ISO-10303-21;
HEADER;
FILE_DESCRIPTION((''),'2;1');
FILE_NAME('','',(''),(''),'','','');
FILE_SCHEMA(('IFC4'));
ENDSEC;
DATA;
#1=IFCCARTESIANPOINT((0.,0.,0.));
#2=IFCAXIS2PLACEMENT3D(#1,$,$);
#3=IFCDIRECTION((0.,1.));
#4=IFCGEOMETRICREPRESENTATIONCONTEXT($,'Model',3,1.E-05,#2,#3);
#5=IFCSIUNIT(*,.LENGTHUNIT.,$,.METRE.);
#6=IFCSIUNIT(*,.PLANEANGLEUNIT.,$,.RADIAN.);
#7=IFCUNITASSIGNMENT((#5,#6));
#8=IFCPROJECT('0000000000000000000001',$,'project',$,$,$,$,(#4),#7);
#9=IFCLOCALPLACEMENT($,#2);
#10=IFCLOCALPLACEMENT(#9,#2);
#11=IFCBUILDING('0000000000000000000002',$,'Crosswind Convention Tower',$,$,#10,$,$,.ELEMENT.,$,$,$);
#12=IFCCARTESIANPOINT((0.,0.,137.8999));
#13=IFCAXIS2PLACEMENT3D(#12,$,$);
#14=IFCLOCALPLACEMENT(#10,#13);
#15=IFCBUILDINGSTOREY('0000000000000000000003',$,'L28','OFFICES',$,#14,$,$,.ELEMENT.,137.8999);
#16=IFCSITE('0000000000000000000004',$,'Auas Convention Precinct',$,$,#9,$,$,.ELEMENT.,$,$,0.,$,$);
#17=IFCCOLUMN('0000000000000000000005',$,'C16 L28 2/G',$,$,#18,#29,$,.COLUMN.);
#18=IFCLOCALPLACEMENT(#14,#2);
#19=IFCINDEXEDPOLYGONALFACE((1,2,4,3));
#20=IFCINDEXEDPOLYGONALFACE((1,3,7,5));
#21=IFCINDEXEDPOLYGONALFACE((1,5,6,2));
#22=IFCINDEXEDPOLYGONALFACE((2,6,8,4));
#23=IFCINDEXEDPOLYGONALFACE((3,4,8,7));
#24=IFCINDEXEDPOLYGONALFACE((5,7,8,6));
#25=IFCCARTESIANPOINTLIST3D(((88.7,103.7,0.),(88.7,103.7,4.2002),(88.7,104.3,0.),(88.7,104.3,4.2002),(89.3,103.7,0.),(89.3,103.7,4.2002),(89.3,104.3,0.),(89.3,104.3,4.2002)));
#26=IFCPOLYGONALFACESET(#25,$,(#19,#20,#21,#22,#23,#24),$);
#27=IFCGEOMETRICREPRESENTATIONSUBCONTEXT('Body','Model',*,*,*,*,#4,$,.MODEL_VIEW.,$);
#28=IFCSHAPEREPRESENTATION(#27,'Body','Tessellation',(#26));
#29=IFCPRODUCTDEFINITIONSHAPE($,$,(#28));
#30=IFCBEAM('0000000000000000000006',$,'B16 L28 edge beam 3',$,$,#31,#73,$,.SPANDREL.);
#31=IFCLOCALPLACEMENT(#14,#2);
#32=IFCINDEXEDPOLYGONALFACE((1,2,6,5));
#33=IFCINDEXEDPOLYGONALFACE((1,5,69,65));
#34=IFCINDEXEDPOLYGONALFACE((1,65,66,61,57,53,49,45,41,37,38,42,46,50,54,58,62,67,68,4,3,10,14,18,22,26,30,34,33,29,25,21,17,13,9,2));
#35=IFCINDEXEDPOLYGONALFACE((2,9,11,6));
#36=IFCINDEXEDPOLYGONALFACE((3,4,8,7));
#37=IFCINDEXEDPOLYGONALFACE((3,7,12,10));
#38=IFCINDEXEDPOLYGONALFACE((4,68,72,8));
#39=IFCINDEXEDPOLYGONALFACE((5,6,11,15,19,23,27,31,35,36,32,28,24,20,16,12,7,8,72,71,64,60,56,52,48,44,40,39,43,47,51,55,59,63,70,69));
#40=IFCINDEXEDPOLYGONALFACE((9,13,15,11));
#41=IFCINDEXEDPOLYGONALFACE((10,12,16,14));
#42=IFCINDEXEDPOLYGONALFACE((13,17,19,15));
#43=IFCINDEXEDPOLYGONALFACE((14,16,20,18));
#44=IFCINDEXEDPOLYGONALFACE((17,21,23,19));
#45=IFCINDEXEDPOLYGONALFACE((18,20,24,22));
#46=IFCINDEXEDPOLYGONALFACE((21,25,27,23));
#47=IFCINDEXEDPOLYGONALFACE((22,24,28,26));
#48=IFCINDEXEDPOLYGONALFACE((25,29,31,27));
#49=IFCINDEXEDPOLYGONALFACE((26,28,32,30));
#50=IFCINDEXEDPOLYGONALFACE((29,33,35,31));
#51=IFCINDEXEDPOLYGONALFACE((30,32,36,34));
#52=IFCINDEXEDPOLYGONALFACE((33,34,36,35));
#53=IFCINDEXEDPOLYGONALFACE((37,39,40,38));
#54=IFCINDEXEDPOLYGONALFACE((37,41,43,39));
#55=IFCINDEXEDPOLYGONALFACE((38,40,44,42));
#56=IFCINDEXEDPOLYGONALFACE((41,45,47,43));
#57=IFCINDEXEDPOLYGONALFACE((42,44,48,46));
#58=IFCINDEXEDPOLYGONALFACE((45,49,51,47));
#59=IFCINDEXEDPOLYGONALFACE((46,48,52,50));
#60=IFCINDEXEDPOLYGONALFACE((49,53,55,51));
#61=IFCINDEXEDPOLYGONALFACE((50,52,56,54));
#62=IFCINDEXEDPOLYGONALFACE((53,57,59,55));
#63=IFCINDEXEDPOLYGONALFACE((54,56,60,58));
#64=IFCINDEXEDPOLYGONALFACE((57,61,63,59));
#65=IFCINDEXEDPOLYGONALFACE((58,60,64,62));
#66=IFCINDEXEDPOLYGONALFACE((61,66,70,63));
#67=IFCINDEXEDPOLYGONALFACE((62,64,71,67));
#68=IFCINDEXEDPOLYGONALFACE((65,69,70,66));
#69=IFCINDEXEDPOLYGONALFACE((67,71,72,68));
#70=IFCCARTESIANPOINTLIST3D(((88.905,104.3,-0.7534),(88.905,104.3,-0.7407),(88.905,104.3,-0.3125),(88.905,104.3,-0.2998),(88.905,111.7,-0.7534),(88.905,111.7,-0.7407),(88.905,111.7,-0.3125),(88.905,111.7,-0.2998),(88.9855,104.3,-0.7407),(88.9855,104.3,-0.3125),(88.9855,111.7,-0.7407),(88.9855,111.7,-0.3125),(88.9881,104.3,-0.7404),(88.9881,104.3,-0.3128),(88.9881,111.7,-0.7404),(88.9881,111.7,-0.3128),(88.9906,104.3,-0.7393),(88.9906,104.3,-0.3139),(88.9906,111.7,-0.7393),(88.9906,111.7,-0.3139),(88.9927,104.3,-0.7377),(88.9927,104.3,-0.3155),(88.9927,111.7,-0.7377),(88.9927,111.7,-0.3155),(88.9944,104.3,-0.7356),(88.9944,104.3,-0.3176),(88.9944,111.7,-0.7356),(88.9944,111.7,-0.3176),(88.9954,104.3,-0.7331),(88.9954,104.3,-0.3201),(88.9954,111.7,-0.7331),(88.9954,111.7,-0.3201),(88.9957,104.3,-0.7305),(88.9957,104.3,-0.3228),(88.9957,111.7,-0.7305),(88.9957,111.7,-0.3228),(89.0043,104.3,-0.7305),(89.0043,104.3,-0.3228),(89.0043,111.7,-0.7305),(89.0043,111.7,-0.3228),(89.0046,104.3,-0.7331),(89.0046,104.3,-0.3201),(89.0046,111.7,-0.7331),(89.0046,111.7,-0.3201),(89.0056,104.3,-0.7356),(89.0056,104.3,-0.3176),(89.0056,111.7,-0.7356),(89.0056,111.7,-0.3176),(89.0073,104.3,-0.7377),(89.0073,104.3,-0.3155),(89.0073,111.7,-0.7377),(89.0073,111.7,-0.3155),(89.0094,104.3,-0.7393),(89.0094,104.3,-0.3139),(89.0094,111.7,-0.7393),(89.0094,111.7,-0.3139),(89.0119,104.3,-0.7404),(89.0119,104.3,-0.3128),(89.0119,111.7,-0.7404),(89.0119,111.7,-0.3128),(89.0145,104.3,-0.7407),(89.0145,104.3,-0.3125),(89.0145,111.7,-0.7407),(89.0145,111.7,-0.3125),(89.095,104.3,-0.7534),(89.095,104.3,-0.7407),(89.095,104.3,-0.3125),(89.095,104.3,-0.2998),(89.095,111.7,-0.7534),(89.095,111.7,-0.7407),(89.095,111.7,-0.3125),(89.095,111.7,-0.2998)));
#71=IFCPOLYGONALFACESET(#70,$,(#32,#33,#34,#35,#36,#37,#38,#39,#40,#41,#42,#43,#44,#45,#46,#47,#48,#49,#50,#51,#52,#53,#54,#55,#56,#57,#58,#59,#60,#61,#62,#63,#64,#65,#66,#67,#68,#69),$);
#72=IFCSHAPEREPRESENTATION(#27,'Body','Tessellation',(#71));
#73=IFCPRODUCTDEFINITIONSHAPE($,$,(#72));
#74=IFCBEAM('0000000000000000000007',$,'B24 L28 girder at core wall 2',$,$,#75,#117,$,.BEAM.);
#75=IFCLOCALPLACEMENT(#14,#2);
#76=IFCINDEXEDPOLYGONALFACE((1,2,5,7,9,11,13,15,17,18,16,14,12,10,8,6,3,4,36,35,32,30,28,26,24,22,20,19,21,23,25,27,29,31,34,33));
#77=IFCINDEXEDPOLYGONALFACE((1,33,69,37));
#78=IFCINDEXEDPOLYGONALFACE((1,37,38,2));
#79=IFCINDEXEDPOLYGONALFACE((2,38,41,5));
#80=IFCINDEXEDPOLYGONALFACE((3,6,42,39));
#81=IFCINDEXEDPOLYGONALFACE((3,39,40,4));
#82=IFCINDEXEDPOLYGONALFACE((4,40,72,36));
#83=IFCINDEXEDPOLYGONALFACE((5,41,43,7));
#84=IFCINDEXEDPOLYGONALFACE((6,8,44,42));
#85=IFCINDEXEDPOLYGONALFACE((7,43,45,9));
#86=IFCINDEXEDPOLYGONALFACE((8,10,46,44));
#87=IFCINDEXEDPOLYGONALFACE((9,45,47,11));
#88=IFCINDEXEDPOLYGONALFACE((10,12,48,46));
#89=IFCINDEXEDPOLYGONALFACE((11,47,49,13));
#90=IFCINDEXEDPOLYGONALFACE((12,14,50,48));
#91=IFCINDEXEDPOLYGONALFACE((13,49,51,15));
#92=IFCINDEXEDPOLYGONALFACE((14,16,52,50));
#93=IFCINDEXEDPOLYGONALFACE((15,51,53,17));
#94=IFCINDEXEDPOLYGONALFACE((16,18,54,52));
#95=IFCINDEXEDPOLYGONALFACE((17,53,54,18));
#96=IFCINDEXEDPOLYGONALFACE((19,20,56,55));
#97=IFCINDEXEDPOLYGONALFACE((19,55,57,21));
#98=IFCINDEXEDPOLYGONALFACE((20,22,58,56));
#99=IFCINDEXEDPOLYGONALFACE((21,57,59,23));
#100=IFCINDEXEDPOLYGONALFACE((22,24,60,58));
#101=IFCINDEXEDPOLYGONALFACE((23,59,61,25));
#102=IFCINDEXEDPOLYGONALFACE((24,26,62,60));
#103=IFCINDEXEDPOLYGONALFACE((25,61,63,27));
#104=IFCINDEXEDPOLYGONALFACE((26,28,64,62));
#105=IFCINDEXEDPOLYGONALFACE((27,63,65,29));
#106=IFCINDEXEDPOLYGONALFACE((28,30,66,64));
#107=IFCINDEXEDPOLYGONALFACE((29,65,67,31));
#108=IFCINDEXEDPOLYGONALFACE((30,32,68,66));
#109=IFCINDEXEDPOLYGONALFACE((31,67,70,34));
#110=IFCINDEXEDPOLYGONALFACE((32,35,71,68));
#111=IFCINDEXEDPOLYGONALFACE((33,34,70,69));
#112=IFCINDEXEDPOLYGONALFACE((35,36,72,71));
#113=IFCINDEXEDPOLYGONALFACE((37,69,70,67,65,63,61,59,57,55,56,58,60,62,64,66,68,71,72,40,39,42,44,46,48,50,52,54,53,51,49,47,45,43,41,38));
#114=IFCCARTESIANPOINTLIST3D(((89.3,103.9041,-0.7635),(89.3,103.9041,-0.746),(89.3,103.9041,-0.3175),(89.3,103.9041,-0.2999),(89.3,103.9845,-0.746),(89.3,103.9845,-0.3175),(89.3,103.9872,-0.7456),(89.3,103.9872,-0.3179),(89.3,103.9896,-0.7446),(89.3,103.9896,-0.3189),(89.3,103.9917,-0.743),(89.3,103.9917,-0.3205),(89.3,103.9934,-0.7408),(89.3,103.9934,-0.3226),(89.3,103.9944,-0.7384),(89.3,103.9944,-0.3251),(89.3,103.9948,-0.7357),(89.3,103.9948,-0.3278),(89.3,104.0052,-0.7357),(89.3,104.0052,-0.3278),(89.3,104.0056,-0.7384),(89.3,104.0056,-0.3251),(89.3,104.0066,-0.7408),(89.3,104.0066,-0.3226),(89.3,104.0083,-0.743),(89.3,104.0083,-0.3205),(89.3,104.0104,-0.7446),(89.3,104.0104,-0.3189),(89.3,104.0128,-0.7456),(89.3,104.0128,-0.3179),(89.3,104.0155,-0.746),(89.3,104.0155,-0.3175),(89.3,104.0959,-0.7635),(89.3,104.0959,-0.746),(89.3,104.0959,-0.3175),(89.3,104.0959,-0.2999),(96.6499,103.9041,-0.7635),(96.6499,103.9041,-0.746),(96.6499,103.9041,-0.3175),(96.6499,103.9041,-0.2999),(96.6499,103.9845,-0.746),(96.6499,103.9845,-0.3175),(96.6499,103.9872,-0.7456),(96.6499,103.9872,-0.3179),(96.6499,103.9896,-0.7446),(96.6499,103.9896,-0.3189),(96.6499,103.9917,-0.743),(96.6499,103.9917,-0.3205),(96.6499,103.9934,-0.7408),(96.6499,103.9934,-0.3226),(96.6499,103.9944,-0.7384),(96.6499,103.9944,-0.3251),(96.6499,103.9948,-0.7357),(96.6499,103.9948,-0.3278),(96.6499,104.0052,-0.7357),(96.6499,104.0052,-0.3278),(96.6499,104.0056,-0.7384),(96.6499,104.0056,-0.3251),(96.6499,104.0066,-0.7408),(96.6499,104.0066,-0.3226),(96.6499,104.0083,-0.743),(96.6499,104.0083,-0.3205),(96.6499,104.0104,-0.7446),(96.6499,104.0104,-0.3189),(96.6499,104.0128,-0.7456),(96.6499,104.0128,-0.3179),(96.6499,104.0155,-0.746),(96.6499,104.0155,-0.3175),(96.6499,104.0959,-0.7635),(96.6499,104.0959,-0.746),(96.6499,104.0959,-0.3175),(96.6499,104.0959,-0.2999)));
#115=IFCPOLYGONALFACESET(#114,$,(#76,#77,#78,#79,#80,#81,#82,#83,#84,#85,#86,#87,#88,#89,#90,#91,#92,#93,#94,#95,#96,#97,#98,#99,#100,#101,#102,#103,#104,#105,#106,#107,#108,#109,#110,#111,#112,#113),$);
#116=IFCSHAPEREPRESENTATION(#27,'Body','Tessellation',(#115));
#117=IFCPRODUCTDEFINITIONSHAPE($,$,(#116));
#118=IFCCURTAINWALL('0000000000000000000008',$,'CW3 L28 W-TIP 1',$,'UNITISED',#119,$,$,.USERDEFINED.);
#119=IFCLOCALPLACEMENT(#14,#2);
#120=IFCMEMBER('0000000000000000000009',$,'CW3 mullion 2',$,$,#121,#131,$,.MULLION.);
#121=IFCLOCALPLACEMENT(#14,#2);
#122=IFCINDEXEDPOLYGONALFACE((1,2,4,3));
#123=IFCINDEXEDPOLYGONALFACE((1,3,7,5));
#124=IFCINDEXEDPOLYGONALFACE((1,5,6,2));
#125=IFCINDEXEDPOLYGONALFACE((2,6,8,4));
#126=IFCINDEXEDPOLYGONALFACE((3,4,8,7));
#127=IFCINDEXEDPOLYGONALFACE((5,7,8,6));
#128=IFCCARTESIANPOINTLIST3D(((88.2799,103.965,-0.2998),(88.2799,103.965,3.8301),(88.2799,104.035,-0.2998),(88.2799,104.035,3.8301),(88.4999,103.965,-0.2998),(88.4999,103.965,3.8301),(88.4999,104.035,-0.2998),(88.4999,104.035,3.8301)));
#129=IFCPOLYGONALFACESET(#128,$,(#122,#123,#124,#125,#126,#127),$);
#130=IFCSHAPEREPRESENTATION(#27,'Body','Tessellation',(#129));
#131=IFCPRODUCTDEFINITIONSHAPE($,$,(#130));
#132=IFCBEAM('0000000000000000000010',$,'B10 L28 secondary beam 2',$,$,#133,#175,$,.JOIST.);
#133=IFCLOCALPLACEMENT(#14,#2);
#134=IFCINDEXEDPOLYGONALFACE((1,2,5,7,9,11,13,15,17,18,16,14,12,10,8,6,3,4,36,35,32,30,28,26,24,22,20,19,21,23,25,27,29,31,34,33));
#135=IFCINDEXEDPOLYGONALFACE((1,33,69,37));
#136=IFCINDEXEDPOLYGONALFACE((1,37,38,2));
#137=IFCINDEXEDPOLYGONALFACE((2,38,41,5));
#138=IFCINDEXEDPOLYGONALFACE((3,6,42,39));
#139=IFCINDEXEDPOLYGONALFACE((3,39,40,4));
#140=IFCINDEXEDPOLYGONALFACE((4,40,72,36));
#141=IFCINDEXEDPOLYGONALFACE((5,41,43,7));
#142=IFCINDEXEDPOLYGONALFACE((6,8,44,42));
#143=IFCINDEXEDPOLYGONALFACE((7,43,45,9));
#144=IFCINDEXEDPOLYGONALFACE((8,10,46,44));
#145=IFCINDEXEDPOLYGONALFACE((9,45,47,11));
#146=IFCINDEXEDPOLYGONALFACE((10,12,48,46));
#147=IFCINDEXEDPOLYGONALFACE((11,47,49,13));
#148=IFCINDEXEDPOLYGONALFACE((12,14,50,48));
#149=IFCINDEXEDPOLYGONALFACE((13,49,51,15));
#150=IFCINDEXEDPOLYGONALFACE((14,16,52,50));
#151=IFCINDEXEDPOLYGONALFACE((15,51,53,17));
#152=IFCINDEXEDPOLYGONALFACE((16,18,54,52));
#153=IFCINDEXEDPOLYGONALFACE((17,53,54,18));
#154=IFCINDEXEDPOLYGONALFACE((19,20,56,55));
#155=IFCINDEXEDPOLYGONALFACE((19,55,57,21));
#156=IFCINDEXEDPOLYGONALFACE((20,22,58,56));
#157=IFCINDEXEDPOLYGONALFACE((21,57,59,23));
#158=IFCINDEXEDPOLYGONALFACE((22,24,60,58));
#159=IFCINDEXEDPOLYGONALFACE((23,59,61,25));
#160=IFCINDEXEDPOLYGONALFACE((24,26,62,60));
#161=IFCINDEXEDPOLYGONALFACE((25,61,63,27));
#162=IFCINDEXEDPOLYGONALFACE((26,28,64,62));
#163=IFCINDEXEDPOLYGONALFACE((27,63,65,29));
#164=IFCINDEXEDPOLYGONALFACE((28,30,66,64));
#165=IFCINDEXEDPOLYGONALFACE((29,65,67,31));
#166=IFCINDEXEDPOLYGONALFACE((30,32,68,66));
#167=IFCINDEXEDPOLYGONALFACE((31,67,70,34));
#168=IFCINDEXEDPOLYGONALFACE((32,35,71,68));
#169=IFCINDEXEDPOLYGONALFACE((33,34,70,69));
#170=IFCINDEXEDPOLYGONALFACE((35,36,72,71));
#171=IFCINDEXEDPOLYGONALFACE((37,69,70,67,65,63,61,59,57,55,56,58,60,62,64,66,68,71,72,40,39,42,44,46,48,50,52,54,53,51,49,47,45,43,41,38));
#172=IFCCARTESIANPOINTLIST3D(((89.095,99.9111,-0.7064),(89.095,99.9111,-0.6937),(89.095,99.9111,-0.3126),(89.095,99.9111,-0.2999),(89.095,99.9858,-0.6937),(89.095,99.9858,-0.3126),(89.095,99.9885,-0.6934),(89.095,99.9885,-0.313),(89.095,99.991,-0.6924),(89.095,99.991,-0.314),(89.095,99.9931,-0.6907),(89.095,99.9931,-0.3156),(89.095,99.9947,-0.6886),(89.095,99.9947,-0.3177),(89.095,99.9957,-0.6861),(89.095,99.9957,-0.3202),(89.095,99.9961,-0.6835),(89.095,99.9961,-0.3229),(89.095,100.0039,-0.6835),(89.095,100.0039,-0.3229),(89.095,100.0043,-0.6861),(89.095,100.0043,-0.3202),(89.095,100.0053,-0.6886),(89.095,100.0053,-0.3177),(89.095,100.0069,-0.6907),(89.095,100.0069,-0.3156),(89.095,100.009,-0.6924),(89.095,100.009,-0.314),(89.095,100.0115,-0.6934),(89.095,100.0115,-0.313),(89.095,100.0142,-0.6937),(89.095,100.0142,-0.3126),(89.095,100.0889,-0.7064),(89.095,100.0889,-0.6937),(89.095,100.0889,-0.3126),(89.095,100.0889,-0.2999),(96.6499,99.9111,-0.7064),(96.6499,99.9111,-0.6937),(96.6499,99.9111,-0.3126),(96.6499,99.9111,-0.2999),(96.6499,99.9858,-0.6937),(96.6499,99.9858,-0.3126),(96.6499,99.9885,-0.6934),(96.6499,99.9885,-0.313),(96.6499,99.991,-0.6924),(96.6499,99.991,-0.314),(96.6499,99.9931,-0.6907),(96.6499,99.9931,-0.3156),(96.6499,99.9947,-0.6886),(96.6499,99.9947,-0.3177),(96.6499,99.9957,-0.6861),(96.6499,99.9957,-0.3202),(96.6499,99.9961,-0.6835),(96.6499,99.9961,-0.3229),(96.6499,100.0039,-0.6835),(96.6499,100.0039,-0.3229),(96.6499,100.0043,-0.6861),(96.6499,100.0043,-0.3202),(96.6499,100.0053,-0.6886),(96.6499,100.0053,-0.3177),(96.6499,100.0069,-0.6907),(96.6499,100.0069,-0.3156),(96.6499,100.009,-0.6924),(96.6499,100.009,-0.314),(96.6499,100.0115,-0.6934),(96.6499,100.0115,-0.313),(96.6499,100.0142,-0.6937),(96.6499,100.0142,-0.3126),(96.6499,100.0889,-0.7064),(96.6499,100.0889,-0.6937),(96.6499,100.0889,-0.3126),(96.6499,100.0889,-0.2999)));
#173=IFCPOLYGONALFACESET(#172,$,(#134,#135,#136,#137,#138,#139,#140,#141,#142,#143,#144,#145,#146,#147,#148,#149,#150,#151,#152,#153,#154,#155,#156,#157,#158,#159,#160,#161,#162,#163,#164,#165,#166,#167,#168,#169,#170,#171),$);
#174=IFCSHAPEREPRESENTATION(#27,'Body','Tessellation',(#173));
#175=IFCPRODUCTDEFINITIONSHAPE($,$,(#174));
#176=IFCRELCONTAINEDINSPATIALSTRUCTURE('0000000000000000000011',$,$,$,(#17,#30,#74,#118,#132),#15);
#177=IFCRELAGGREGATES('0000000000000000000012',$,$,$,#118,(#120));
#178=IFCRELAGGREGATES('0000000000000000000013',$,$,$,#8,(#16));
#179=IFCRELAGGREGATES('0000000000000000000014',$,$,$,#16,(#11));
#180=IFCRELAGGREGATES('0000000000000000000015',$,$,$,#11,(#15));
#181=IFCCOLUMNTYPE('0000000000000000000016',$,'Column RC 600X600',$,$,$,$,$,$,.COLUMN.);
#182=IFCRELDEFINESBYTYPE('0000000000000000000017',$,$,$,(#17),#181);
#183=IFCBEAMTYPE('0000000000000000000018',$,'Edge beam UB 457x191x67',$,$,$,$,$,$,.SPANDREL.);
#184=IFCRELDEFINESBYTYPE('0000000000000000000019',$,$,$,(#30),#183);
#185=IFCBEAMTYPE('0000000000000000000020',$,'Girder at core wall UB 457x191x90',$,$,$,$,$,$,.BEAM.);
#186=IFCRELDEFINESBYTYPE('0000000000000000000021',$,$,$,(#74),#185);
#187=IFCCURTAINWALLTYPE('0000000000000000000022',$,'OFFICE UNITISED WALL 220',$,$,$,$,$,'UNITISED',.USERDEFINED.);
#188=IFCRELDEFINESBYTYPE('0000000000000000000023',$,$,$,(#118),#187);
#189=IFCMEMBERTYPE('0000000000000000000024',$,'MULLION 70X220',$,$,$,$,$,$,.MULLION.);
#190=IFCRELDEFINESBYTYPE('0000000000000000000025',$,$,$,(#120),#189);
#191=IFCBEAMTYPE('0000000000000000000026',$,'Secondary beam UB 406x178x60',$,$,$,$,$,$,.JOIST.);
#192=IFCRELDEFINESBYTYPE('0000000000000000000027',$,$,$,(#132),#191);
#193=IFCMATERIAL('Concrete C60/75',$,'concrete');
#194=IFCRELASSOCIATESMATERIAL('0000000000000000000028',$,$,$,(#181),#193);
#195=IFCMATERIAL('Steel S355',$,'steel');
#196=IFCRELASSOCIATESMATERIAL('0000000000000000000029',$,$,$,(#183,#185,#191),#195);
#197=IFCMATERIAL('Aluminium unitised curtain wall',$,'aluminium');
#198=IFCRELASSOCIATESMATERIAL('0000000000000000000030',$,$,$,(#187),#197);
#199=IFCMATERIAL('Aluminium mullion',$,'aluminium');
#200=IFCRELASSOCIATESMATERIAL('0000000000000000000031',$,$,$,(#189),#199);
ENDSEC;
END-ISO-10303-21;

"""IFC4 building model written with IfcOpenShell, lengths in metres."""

from ifc_helpers import new_model, si_unit, direction, frame, origin, origin_2d, place, context, subcontext, project, spatial, rectangle, i_section, extrude, material, material_profile, profile_set, type_object, element, aggregate, save


model = new_model("IFC4")

# Units and contexts
model_context = context("Model", 3, precision=1e-05, world=origin(), true_north=direction((0.0, 1.0)))
body_context = subcontext(model_context, "Body", "Model", "MODEL_VIEW")
ifc_project = project(units=[si_unit("LENGTHUNIT", "METRE"), si_unit("PLANEANGLEUNIT", "RADIAN")], contexts=[model_context])

# Site, building, storey
site_placement = place(None, origin())
site = spatial("IfcSite", under=ifc_project, at=site_placement, Name="Auas Convention Precinct", CompositionType="ELEMENT", RefElevation=0.0)
building_placement = place(site_placement, origin())
building = spatial("IfcBuilding", under=site, at=building_placement, Name="Crosswind Convention Tower", CompositionType="ELEMENT")
storey_placement = place(building_placement, frame((0.0, 0.0, 137.8999)))
storey = spatial("IfcBuildingStorey", under=building, at=storey_placement, Name="L28", Description="OFFICES", CompositionType="ELEMENT", Elevation=137.8999)

# Column
ifc_material_1 = material(Name="Concrete C60/75", Category="concrete")
ifc_material_profile_1 = material_profile(ifc_material_1, rectangle(XDim=0.6001, YDim=0.6001, at=origin_2d()), Name="RC 600X600")
ifc_profile_set_1 = profile_set([ifc_material_profile_1], Name="Concrete C60/75")
column_type = type_object("IfcColumnType", Name="Column RC 600X600", PredefinedType="COLUMN", material=ifc_profile_set_1)
column_placement = place(storey_placement, frame((89.0, 104.0, 0.0), z_axis=(0.0, 0.0, 1.0), x_axis=(1.0, 0.0, 0.0)))
element("IfcColumn", 1, at=column_placement, inside=storey, type_object=column_type, Name="C16 L28 2/G", PredefinedType="COLUMN", context=body_context, shape_type="SweptSolid", body=[
    extrude(rectangle(XDim=0.6001, YDim=0.6001, at=origin_2d()), origin(), (0.0, 0.0, 1.0), 4.2002),
])

# Beams
ifc_material_2 = material(Name="Steel S355", Category="steel")
ifc_material_profile_2 = material_profile(ifc_material_2, i_section(OverallWidth=0.1899, OverallDepth=0.4536, WebThickness=0.0085, FlangeThickness=0.0127, FilletRadius=0.0103, at=origin_2d()), Name="UB 457x191x67")
ifc_profile_set_2 = profile_set([ifc_material_profile_2], Name="Steel S355")
beam_type_1 = type_object("IfcBeamType", Name="Edge beam UB 457x191x67", PredefinedType="SPANDREL", material=ifc_profile_set_2)
beam_1_placement = place(storey_placement, frame((89.0, 104.3, -0.5266), z_axis=(0.0, 1.0, 0.0), x_axis=(-1.0, 0.0, 0.0)))
element("IfcBeam", 2, at=beam_1_placement, inside=storey, type_object=beam_type_1, Name="B16 L28 edge beam 3", PredefinedType="SPANDREL", context=body_context, shape_type="SweptSolid", body=[
    extrude(i_section(OverallWidth=0.1899, OverallDepth=0.4536, WebThickness=0.0085, FlangeThickness=0.0127, FilletRadius=0.0103, at=origin_2d()), origin(), (0.0, 0.0, 1.0), 7.3999),
])
ifc_material_profile_3 = material_profile(ifc_material_2, i_section(OverallWidth=0.1919, OverallDepth=0.4636, WebThickness=0.0105, FlangeThickness=0.0176, FilletRadius=0.0103, at=origin_2d()), Name="UB 457x191x90")
ifc_profile_set_3 = profile_set([ifc_material_profile_3], Name="Steel S355")
beam_type_2 = type_object("IfcBeamType", Name="Girder at core wall UB 457x191x90", PredefinedType="BEAM", material=ifc_profile_set_3)
beam_2_placement = place(storey_placement, frame((89.3, 104.0, -0.5317), z_axis=(1.0, 0.0, 0.0), x_axis=(0.0, 1.0, 0.0)))
element("IfcBeam", 3, at=beam_2_placement, inside=storey, type_object=beam_type_2, Name="B24 L28 girder at core wall 2", PredefinedType="BEAM", context=body_context, shape_type="SweptSolid", body=[
    extrude(i_section(OverallWidth=0.1919, OverallDepth=0.4636, WebThickness=0.0105, FlangeThickness=0.0176, FilletRadius=0.0103, at=origin_2d()), origin(), (0.0, 0.0, 1.0), 7.3499),
])

# Curtain wall, member
ifc_material_3 = material(Name="Aluminium unitised curtain wall", Category="aluminium")
curtain_wall_type = type_object("IfcCurtainWallType", Name="OFFICE UNITISED WALL 220", ElementType="UNITISED", PredefinedType="USERDEFINED", material=ifc_material_3)
curtain_wall_placement = place(storey_placement, origin())
curtain_wall = element("IfcCurtainWall", 4, at=curtain_wall_placement, inside=storey, type_object=curtain_wall_type, Name="CW3 L28 W-TIP 1", ObjectType="UNITISED", PredefinedType="USERDEFINED")
ifc_material_4 = material(Name="Aluminium mullion", Category="aluminium")
ifc_material_profile_4 = material_profile(ifc_material_4, rectangle(XDim=0.22, YDim=0.0701, at=origin_2d()), Name="AL 220X70")
ifc_profile_set_4 = profile_set([ifc_material_profile_4], Name="Aluminium mullion")
member_type = type_object("IfcMemberType", Name="MULLION 70X220", PredefinedType="MULLION", material=ifc_profile_set_4)
member_placement = place(storey_placement, frame((88.3899, 104.0, -0.2998), z_axis=(0.0, 0.0, 1.0), x_axis=(-1.0, 0.0, 0.0)))
member = element("IfcMember", 5, at=member_placement, type_object=member_type, Name="CW3 mullion 2", PredefinedType="MULLION", context=body_context, shape_type="SweptSolid", body=[
    extrude(rectangle(XDim=0.22, YDim=0.0701, at=origin_2d()), origin(), (0.0, 0.0, 1.0), 4.1299),
])

# Beam
ifc_material_profile_5 = material_profile(ifc_material_2, i_section(OverallWidth=0.1777, OverallDepth=0.4065, WebThickness=0.0078, FlangeThickness=0.0127, FilletRadius=0.0103, at=origin_2d()), Name="UB 406x178x60")
ifc_profile_set_5 = profile_set([ifc_material_profile_5], Name="Steel S355")
beam_type_3 = type_object("IfcBeamType", Name="Secondary beam UB 406x178x60", PredefinedType="JOIST", material=ifc_profile_set_5)
for number, where, z_axis, x_axis, name in (
    (6, (89.095, 100.0, -0.5032), (1.0, 0.0, 0.0), (0.0, 1.0, 0.0), "B10 L28 secondary beam 2"),
):
    element("IfcBeam", number, at=place(storey_placement, frame(where, z_axis=z_axis, x_axis=x_axis)), inside=storey, type_object=beam_type_3, Name=name, PredefinedType="JOIST", context=body_context, shape_type="SweptSolid", body=[
        extrude(i_section(OverallWidth=0.1777, OverallDepth=0.4065, WebThickness=0.0078, FlangeThickness=0.0127, FilletRadius=0.0103, at=origin_2d()), origin(), (0.0, 0.0, 1.0), 7.5549),
    ])

aggregate(curtain_wall, [member])

save(model, "model.ifc")
